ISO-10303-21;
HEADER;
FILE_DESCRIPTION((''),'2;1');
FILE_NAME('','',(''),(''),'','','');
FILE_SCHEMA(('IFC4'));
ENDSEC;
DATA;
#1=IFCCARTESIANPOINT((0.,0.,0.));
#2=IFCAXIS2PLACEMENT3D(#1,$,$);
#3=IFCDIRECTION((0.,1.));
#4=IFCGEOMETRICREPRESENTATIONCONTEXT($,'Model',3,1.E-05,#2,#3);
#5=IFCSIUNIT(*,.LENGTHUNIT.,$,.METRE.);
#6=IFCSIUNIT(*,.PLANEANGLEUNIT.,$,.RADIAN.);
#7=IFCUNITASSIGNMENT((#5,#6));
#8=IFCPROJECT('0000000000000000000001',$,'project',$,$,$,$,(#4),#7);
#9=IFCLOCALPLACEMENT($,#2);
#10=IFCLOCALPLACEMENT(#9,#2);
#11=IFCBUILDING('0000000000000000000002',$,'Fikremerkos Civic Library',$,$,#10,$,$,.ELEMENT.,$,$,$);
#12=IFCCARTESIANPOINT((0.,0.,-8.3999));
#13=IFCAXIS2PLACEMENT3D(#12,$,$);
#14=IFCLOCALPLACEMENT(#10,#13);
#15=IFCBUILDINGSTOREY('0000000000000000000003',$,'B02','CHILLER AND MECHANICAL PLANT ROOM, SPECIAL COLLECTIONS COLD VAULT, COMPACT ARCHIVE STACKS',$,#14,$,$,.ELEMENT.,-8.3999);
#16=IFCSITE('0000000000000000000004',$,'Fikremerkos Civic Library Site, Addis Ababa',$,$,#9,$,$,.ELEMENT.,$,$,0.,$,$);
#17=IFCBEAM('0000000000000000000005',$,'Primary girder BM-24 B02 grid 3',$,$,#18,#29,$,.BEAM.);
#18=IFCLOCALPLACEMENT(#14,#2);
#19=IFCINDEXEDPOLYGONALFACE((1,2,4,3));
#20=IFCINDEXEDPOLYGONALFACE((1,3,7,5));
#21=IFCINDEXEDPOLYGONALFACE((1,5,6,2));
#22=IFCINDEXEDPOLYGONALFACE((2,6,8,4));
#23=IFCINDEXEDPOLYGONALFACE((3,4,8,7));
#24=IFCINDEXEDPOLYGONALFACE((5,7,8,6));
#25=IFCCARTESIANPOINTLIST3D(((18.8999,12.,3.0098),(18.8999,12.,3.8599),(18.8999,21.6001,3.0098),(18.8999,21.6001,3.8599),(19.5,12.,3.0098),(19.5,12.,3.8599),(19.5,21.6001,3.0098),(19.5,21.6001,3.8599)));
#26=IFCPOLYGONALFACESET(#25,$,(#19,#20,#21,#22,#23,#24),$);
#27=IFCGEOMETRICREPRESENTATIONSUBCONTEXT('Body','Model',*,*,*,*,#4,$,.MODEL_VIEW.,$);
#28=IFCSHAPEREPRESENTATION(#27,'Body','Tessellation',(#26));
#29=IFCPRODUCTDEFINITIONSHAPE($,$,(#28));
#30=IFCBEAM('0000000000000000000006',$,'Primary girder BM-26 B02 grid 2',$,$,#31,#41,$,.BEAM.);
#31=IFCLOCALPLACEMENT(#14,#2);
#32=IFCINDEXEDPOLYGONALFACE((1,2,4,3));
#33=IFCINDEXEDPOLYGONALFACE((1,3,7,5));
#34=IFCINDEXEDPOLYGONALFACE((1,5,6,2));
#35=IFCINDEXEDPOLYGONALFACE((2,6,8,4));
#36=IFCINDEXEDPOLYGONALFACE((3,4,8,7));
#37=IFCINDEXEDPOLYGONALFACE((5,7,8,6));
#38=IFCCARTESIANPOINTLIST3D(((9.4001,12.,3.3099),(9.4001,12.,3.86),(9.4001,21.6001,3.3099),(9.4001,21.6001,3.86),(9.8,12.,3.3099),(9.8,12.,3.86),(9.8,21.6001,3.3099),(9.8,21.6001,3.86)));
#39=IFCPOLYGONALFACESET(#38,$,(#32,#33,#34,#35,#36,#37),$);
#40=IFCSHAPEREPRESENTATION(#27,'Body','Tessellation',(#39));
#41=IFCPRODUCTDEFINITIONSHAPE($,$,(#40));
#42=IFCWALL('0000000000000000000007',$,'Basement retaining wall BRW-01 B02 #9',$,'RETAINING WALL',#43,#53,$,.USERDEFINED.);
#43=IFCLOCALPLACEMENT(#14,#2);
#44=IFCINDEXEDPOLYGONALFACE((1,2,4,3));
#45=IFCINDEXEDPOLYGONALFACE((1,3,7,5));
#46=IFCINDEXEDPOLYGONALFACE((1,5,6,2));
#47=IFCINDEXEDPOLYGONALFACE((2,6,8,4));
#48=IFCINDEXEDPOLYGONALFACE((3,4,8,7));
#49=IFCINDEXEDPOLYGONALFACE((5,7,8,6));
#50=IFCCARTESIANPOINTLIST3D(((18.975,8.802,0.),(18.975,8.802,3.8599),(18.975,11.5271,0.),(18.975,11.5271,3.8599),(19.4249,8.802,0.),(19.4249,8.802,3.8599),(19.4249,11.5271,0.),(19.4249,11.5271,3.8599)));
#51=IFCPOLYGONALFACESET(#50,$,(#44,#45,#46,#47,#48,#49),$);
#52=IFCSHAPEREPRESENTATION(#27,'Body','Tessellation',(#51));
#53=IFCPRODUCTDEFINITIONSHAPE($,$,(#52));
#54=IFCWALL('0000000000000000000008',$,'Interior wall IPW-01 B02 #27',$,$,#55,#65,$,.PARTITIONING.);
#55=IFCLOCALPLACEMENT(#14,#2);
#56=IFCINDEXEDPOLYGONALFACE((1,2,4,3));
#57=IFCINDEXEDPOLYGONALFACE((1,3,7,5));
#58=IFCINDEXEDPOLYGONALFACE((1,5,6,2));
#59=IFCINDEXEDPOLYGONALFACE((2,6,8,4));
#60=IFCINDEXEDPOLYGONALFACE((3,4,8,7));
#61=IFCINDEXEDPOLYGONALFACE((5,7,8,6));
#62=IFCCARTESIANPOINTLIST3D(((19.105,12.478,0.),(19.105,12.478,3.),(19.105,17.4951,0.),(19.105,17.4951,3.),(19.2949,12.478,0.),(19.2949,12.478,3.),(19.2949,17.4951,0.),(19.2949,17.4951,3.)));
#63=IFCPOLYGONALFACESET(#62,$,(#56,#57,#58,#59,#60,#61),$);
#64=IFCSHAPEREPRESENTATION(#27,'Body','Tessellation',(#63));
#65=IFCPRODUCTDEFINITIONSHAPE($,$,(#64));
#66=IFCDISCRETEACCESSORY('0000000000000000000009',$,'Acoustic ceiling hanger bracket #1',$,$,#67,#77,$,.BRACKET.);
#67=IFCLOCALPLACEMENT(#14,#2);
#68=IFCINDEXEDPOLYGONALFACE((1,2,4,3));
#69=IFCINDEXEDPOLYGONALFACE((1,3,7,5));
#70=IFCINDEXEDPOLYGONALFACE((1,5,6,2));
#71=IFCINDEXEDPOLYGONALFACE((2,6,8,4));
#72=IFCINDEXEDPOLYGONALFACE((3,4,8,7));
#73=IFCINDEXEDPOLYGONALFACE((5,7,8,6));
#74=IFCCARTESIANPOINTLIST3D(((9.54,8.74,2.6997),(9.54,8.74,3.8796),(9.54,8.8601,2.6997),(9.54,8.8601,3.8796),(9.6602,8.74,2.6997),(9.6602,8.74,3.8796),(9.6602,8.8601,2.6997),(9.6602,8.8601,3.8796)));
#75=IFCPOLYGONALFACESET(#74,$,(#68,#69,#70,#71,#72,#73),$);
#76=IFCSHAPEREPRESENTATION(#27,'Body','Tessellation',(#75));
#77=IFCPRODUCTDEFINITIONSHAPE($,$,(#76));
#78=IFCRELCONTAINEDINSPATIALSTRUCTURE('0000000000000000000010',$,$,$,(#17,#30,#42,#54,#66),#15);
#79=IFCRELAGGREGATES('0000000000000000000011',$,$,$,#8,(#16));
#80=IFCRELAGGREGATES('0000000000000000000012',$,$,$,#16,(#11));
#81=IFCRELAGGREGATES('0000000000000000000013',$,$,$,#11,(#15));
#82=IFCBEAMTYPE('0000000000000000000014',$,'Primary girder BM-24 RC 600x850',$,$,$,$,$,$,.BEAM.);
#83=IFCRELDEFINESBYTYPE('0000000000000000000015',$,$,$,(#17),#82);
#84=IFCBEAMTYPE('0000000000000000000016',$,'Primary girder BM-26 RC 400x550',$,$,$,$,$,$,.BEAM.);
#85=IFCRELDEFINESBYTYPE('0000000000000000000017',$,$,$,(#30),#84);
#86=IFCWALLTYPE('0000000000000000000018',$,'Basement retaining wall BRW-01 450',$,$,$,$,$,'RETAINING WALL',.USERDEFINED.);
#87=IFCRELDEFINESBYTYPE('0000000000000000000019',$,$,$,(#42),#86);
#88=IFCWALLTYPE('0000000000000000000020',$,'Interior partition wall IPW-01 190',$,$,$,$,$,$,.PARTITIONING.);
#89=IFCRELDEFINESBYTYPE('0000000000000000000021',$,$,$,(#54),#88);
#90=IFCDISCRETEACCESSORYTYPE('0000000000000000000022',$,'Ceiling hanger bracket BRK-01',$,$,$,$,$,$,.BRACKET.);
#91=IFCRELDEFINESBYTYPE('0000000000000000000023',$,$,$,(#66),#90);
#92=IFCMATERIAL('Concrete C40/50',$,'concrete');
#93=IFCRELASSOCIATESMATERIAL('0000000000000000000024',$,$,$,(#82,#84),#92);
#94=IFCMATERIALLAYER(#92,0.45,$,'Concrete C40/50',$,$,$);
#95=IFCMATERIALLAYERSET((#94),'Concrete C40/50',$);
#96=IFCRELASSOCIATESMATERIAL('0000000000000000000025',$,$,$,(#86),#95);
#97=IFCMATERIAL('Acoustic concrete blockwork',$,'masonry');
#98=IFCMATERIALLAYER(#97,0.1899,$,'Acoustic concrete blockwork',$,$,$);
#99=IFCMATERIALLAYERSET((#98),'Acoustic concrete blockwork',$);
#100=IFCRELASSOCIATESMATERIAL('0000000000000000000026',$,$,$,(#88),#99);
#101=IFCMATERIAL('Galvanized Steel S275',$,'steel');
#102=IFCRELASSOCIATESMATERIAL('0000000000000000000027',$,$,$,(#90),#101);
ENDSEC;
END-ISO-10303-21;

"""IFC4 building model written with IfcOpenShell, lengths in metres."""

from ifc_helpers import new_model, si_unit, direction, frame, frame_2d, origin, origin_2d, place, context, subcontext, project, spatial, rectangle, extrude, material, layer, layer_set, material_profile, profile_set, type_object, element, save


model = new_model("IFC4")

# Units and contexts
model_context = context("Model", 3, precision=1e-05, world=origin(), true_north=direction((0.0, 1.0)))
body_context = subcontext(model_context, "Body", "Model", "MODEL_VIEW")
ifc_project = project(units=[si_unit("LENGTHUNIT", "METRE"), si_unit("PLANEANGLEUNIT", "RADIAN")], contexts=[model_context])

# Site, building, storey
site_placement = place(None, origin())
site = spatial("IfcSite", under=ifc_project, at=site_placement, Name="Fikremerkos Civic Library Site, Addis Ababa", CompositionType="ELEMENT", RefElevation=0.0)
building_placement = place(site_placement, origin())
building = spatial("IfcBuilding", under=site, at=building_placement, Name="Fikremerkos Civic Library", CompositionType="ELEMENT")
storey_placement = place(building_placement, frame((0.0, 0.0, -8.3999)))
storey = spatial("IfcBuildingStorey", under=building, at=storey_placement, Name="B02", Description="CHILLER AND MECHANICAL PLANT ROOM, SPECIAL COLLECTIONS COLD VAULT, COMPACT ARCHIVE STACKS", CompositionType="ELEMENT", Elevation=-8.3999)

# Shared definitions
ifc_material_1 = material(Name="Concrete C40/50", Category="concrete")

# Beams
ifc_material_profile_1 = material_profile(ifc_material_1, rectangle(XDim=0.6001, YDim=0.8501, at=origin_2d()), Name="RC 600x850")
ifc_profile_set_1 = profile_set([ifc_material_profile_1], Name="Concrete C40/50")
beam_type_1 = type_object("IfcBeamType", Name="Primary girder BM-24 RC 600x850", PredefinedType="BEAM", material=ifc_profile_set_1)
beam_1_placement = place(storey_placement, frame((19.2, 12.0, 3.4348), z_axis=(0.0, 1.0, 0.0), x_axis=(-1.0, 0.0, 0.0)))
element("IfcBeam", 1, at=beam_1_placement, inside=storey, type_object=beam_type_1, Name="Primary girder BM-24 B02 grid 3", PredefinedType="BEAM", context=body_context, shape_type="SweptSolid", body=[
    extrude(rectangle(XDim=0.6001, YDim=0.8501, at=origin_2d()), origin(), (0.0, 0.0, 1.0), 9.6001),
])
ifc_material_profile_2 = material_profile(ifc_material_1, rectangle(XDim=0.3999, YDim=0.55, at=origin_2d()), Name="RC 400x550")
ifc_profile_set_2 = profile_set([ifc_material_profile_2], Name="Concrete C40/50")
beam_type_2 = type_object("IfcBeamType", Name="Primary girder BM-26 RC 400x550", PredefinedType="BEAM", material=ifc_profile_set_2)
beam_2_placement = place(storey_placement, frame((9.6001, 12.0, 3.585), z_axis=(0.0, 1.0, 0.0), x_axis=(-1.0, 0.0, 0.0)))
element("IfcBeam", 2, at=beam_2_placement, inside=storey, type_object=beam_type_2, Name="Primary girder BM-26 B02 grid 2", PredefinedType="BEAM", context=body_context, shape_type="SweptSolid", body=[
    extrude(rectangle(XDim=0.3999, YDim=0.55, at=origin_2d()), origin(), (0.0, 0.0, 1.0), 9.6001),
])

# Walls
ifc_layer_1 = layer(ifc_material_1, 0.45, Name="Concrete C40/50")
ifc_layer_set_1 = layer_set([ifc_layer_1], Name="Concrete C40/50")
wall_type_1 = type_object("IfcWallType", Name="Basement retaining wall BRW-01 450", ElementType="RETAINING WALL", PredefinedType="USERDEFINED", material=ifc_layer_set_1)
wall_1_placement = place(storey_placement, frame((19.2, 11.5271, 0.0), z_axis=(0.0, 0.0, 1.0), x_axis=(0.0, -1.0, 0.0)))
element("IfcWall", 3, at=wall_1_placement, inside=storey, type_object=wall_type_1, Name="Basement retaining wall BRW-01 B02 #9", ObjectType="RETAINING WALL", PredefinedType="USERDEFINED", context=body_context, shape_type="SweptSolid", body=[
    extrude(rectangle(XDim=2.7251, YDim=0.45, at=frame_2d((1.3625, 0.0))), origin(), (0.0, 0.0, 1.0), 3.8599),
])
ifc_material_2 = material(Name="Acoustic concrete blockwork", Category="masonry")
ifc_layer_2 = layer(ifc_material_2, 0.1899, Name="Acoustic concrete blockwork")
ifc_layer_set_2 = layer_set([ifc_layer_2], Name="Acoustic concrete blockwork")
wall_type_2 = type_object("IfcWallType", Name="Interior partition wall IPW-01 190", PredefinedType="PARTITIONING", material=ifc_layer_set_2)
wall_2_placement = place(storey_placement, frame((19.2, 12.478, 0.0), z_axis=(0.0, 0.0, 1.0), x_axis=(0.0, 1.0, 0.0)))
element("IfcWall", 4, at=wall_2_placement, inside=storey, type_object=wall_type_2, Name="Interior wall IPW-01 B02 #27", PredefinedType="PARTITIONING", context=body_context, shape_type="SweptSolid", body=[
    extrude(rectangle(XDim=5.0171, YDim=0.1899, at=frame_2d((2.5085, 0.0))), origin(), (0.0, 0.0, 1.0), 3.0),
])

# Discrete accessory
ifc_material_3 = material(Name="Galvanized Steel S275", Category="steel")
discrete_accessory_type = type_object("IfcDiscreteAccessoryType", Name="Ceiling hanger bracket BRK-01", PredefinedType="BRACKET", material=ifc_material_3)
discrete_accessory_placement = place(storey_placement, frame((9.6001, 8.8, 2.6997), z_axis=(0.0, 0.0, 1.0), x_axis=(1.0, 0.0, 0.0)))
element("IfcDiscreteAccessory", 5, at=discrete_accessory_placement, inside=storey, type_object=discrete_accessory_type, Name="Acoustic ceiling hanger bracket #1", PredefinedType="BRACKET", context=body_context, shape_type="SweptSolid", body=[
    extrude(rectangle(XDim=0.1201, YDim=0.1201, at=origin_2d()), origin(), (0.0, 0.0, 1.0), 1.1799),
])

save(model, "model.ifc")
